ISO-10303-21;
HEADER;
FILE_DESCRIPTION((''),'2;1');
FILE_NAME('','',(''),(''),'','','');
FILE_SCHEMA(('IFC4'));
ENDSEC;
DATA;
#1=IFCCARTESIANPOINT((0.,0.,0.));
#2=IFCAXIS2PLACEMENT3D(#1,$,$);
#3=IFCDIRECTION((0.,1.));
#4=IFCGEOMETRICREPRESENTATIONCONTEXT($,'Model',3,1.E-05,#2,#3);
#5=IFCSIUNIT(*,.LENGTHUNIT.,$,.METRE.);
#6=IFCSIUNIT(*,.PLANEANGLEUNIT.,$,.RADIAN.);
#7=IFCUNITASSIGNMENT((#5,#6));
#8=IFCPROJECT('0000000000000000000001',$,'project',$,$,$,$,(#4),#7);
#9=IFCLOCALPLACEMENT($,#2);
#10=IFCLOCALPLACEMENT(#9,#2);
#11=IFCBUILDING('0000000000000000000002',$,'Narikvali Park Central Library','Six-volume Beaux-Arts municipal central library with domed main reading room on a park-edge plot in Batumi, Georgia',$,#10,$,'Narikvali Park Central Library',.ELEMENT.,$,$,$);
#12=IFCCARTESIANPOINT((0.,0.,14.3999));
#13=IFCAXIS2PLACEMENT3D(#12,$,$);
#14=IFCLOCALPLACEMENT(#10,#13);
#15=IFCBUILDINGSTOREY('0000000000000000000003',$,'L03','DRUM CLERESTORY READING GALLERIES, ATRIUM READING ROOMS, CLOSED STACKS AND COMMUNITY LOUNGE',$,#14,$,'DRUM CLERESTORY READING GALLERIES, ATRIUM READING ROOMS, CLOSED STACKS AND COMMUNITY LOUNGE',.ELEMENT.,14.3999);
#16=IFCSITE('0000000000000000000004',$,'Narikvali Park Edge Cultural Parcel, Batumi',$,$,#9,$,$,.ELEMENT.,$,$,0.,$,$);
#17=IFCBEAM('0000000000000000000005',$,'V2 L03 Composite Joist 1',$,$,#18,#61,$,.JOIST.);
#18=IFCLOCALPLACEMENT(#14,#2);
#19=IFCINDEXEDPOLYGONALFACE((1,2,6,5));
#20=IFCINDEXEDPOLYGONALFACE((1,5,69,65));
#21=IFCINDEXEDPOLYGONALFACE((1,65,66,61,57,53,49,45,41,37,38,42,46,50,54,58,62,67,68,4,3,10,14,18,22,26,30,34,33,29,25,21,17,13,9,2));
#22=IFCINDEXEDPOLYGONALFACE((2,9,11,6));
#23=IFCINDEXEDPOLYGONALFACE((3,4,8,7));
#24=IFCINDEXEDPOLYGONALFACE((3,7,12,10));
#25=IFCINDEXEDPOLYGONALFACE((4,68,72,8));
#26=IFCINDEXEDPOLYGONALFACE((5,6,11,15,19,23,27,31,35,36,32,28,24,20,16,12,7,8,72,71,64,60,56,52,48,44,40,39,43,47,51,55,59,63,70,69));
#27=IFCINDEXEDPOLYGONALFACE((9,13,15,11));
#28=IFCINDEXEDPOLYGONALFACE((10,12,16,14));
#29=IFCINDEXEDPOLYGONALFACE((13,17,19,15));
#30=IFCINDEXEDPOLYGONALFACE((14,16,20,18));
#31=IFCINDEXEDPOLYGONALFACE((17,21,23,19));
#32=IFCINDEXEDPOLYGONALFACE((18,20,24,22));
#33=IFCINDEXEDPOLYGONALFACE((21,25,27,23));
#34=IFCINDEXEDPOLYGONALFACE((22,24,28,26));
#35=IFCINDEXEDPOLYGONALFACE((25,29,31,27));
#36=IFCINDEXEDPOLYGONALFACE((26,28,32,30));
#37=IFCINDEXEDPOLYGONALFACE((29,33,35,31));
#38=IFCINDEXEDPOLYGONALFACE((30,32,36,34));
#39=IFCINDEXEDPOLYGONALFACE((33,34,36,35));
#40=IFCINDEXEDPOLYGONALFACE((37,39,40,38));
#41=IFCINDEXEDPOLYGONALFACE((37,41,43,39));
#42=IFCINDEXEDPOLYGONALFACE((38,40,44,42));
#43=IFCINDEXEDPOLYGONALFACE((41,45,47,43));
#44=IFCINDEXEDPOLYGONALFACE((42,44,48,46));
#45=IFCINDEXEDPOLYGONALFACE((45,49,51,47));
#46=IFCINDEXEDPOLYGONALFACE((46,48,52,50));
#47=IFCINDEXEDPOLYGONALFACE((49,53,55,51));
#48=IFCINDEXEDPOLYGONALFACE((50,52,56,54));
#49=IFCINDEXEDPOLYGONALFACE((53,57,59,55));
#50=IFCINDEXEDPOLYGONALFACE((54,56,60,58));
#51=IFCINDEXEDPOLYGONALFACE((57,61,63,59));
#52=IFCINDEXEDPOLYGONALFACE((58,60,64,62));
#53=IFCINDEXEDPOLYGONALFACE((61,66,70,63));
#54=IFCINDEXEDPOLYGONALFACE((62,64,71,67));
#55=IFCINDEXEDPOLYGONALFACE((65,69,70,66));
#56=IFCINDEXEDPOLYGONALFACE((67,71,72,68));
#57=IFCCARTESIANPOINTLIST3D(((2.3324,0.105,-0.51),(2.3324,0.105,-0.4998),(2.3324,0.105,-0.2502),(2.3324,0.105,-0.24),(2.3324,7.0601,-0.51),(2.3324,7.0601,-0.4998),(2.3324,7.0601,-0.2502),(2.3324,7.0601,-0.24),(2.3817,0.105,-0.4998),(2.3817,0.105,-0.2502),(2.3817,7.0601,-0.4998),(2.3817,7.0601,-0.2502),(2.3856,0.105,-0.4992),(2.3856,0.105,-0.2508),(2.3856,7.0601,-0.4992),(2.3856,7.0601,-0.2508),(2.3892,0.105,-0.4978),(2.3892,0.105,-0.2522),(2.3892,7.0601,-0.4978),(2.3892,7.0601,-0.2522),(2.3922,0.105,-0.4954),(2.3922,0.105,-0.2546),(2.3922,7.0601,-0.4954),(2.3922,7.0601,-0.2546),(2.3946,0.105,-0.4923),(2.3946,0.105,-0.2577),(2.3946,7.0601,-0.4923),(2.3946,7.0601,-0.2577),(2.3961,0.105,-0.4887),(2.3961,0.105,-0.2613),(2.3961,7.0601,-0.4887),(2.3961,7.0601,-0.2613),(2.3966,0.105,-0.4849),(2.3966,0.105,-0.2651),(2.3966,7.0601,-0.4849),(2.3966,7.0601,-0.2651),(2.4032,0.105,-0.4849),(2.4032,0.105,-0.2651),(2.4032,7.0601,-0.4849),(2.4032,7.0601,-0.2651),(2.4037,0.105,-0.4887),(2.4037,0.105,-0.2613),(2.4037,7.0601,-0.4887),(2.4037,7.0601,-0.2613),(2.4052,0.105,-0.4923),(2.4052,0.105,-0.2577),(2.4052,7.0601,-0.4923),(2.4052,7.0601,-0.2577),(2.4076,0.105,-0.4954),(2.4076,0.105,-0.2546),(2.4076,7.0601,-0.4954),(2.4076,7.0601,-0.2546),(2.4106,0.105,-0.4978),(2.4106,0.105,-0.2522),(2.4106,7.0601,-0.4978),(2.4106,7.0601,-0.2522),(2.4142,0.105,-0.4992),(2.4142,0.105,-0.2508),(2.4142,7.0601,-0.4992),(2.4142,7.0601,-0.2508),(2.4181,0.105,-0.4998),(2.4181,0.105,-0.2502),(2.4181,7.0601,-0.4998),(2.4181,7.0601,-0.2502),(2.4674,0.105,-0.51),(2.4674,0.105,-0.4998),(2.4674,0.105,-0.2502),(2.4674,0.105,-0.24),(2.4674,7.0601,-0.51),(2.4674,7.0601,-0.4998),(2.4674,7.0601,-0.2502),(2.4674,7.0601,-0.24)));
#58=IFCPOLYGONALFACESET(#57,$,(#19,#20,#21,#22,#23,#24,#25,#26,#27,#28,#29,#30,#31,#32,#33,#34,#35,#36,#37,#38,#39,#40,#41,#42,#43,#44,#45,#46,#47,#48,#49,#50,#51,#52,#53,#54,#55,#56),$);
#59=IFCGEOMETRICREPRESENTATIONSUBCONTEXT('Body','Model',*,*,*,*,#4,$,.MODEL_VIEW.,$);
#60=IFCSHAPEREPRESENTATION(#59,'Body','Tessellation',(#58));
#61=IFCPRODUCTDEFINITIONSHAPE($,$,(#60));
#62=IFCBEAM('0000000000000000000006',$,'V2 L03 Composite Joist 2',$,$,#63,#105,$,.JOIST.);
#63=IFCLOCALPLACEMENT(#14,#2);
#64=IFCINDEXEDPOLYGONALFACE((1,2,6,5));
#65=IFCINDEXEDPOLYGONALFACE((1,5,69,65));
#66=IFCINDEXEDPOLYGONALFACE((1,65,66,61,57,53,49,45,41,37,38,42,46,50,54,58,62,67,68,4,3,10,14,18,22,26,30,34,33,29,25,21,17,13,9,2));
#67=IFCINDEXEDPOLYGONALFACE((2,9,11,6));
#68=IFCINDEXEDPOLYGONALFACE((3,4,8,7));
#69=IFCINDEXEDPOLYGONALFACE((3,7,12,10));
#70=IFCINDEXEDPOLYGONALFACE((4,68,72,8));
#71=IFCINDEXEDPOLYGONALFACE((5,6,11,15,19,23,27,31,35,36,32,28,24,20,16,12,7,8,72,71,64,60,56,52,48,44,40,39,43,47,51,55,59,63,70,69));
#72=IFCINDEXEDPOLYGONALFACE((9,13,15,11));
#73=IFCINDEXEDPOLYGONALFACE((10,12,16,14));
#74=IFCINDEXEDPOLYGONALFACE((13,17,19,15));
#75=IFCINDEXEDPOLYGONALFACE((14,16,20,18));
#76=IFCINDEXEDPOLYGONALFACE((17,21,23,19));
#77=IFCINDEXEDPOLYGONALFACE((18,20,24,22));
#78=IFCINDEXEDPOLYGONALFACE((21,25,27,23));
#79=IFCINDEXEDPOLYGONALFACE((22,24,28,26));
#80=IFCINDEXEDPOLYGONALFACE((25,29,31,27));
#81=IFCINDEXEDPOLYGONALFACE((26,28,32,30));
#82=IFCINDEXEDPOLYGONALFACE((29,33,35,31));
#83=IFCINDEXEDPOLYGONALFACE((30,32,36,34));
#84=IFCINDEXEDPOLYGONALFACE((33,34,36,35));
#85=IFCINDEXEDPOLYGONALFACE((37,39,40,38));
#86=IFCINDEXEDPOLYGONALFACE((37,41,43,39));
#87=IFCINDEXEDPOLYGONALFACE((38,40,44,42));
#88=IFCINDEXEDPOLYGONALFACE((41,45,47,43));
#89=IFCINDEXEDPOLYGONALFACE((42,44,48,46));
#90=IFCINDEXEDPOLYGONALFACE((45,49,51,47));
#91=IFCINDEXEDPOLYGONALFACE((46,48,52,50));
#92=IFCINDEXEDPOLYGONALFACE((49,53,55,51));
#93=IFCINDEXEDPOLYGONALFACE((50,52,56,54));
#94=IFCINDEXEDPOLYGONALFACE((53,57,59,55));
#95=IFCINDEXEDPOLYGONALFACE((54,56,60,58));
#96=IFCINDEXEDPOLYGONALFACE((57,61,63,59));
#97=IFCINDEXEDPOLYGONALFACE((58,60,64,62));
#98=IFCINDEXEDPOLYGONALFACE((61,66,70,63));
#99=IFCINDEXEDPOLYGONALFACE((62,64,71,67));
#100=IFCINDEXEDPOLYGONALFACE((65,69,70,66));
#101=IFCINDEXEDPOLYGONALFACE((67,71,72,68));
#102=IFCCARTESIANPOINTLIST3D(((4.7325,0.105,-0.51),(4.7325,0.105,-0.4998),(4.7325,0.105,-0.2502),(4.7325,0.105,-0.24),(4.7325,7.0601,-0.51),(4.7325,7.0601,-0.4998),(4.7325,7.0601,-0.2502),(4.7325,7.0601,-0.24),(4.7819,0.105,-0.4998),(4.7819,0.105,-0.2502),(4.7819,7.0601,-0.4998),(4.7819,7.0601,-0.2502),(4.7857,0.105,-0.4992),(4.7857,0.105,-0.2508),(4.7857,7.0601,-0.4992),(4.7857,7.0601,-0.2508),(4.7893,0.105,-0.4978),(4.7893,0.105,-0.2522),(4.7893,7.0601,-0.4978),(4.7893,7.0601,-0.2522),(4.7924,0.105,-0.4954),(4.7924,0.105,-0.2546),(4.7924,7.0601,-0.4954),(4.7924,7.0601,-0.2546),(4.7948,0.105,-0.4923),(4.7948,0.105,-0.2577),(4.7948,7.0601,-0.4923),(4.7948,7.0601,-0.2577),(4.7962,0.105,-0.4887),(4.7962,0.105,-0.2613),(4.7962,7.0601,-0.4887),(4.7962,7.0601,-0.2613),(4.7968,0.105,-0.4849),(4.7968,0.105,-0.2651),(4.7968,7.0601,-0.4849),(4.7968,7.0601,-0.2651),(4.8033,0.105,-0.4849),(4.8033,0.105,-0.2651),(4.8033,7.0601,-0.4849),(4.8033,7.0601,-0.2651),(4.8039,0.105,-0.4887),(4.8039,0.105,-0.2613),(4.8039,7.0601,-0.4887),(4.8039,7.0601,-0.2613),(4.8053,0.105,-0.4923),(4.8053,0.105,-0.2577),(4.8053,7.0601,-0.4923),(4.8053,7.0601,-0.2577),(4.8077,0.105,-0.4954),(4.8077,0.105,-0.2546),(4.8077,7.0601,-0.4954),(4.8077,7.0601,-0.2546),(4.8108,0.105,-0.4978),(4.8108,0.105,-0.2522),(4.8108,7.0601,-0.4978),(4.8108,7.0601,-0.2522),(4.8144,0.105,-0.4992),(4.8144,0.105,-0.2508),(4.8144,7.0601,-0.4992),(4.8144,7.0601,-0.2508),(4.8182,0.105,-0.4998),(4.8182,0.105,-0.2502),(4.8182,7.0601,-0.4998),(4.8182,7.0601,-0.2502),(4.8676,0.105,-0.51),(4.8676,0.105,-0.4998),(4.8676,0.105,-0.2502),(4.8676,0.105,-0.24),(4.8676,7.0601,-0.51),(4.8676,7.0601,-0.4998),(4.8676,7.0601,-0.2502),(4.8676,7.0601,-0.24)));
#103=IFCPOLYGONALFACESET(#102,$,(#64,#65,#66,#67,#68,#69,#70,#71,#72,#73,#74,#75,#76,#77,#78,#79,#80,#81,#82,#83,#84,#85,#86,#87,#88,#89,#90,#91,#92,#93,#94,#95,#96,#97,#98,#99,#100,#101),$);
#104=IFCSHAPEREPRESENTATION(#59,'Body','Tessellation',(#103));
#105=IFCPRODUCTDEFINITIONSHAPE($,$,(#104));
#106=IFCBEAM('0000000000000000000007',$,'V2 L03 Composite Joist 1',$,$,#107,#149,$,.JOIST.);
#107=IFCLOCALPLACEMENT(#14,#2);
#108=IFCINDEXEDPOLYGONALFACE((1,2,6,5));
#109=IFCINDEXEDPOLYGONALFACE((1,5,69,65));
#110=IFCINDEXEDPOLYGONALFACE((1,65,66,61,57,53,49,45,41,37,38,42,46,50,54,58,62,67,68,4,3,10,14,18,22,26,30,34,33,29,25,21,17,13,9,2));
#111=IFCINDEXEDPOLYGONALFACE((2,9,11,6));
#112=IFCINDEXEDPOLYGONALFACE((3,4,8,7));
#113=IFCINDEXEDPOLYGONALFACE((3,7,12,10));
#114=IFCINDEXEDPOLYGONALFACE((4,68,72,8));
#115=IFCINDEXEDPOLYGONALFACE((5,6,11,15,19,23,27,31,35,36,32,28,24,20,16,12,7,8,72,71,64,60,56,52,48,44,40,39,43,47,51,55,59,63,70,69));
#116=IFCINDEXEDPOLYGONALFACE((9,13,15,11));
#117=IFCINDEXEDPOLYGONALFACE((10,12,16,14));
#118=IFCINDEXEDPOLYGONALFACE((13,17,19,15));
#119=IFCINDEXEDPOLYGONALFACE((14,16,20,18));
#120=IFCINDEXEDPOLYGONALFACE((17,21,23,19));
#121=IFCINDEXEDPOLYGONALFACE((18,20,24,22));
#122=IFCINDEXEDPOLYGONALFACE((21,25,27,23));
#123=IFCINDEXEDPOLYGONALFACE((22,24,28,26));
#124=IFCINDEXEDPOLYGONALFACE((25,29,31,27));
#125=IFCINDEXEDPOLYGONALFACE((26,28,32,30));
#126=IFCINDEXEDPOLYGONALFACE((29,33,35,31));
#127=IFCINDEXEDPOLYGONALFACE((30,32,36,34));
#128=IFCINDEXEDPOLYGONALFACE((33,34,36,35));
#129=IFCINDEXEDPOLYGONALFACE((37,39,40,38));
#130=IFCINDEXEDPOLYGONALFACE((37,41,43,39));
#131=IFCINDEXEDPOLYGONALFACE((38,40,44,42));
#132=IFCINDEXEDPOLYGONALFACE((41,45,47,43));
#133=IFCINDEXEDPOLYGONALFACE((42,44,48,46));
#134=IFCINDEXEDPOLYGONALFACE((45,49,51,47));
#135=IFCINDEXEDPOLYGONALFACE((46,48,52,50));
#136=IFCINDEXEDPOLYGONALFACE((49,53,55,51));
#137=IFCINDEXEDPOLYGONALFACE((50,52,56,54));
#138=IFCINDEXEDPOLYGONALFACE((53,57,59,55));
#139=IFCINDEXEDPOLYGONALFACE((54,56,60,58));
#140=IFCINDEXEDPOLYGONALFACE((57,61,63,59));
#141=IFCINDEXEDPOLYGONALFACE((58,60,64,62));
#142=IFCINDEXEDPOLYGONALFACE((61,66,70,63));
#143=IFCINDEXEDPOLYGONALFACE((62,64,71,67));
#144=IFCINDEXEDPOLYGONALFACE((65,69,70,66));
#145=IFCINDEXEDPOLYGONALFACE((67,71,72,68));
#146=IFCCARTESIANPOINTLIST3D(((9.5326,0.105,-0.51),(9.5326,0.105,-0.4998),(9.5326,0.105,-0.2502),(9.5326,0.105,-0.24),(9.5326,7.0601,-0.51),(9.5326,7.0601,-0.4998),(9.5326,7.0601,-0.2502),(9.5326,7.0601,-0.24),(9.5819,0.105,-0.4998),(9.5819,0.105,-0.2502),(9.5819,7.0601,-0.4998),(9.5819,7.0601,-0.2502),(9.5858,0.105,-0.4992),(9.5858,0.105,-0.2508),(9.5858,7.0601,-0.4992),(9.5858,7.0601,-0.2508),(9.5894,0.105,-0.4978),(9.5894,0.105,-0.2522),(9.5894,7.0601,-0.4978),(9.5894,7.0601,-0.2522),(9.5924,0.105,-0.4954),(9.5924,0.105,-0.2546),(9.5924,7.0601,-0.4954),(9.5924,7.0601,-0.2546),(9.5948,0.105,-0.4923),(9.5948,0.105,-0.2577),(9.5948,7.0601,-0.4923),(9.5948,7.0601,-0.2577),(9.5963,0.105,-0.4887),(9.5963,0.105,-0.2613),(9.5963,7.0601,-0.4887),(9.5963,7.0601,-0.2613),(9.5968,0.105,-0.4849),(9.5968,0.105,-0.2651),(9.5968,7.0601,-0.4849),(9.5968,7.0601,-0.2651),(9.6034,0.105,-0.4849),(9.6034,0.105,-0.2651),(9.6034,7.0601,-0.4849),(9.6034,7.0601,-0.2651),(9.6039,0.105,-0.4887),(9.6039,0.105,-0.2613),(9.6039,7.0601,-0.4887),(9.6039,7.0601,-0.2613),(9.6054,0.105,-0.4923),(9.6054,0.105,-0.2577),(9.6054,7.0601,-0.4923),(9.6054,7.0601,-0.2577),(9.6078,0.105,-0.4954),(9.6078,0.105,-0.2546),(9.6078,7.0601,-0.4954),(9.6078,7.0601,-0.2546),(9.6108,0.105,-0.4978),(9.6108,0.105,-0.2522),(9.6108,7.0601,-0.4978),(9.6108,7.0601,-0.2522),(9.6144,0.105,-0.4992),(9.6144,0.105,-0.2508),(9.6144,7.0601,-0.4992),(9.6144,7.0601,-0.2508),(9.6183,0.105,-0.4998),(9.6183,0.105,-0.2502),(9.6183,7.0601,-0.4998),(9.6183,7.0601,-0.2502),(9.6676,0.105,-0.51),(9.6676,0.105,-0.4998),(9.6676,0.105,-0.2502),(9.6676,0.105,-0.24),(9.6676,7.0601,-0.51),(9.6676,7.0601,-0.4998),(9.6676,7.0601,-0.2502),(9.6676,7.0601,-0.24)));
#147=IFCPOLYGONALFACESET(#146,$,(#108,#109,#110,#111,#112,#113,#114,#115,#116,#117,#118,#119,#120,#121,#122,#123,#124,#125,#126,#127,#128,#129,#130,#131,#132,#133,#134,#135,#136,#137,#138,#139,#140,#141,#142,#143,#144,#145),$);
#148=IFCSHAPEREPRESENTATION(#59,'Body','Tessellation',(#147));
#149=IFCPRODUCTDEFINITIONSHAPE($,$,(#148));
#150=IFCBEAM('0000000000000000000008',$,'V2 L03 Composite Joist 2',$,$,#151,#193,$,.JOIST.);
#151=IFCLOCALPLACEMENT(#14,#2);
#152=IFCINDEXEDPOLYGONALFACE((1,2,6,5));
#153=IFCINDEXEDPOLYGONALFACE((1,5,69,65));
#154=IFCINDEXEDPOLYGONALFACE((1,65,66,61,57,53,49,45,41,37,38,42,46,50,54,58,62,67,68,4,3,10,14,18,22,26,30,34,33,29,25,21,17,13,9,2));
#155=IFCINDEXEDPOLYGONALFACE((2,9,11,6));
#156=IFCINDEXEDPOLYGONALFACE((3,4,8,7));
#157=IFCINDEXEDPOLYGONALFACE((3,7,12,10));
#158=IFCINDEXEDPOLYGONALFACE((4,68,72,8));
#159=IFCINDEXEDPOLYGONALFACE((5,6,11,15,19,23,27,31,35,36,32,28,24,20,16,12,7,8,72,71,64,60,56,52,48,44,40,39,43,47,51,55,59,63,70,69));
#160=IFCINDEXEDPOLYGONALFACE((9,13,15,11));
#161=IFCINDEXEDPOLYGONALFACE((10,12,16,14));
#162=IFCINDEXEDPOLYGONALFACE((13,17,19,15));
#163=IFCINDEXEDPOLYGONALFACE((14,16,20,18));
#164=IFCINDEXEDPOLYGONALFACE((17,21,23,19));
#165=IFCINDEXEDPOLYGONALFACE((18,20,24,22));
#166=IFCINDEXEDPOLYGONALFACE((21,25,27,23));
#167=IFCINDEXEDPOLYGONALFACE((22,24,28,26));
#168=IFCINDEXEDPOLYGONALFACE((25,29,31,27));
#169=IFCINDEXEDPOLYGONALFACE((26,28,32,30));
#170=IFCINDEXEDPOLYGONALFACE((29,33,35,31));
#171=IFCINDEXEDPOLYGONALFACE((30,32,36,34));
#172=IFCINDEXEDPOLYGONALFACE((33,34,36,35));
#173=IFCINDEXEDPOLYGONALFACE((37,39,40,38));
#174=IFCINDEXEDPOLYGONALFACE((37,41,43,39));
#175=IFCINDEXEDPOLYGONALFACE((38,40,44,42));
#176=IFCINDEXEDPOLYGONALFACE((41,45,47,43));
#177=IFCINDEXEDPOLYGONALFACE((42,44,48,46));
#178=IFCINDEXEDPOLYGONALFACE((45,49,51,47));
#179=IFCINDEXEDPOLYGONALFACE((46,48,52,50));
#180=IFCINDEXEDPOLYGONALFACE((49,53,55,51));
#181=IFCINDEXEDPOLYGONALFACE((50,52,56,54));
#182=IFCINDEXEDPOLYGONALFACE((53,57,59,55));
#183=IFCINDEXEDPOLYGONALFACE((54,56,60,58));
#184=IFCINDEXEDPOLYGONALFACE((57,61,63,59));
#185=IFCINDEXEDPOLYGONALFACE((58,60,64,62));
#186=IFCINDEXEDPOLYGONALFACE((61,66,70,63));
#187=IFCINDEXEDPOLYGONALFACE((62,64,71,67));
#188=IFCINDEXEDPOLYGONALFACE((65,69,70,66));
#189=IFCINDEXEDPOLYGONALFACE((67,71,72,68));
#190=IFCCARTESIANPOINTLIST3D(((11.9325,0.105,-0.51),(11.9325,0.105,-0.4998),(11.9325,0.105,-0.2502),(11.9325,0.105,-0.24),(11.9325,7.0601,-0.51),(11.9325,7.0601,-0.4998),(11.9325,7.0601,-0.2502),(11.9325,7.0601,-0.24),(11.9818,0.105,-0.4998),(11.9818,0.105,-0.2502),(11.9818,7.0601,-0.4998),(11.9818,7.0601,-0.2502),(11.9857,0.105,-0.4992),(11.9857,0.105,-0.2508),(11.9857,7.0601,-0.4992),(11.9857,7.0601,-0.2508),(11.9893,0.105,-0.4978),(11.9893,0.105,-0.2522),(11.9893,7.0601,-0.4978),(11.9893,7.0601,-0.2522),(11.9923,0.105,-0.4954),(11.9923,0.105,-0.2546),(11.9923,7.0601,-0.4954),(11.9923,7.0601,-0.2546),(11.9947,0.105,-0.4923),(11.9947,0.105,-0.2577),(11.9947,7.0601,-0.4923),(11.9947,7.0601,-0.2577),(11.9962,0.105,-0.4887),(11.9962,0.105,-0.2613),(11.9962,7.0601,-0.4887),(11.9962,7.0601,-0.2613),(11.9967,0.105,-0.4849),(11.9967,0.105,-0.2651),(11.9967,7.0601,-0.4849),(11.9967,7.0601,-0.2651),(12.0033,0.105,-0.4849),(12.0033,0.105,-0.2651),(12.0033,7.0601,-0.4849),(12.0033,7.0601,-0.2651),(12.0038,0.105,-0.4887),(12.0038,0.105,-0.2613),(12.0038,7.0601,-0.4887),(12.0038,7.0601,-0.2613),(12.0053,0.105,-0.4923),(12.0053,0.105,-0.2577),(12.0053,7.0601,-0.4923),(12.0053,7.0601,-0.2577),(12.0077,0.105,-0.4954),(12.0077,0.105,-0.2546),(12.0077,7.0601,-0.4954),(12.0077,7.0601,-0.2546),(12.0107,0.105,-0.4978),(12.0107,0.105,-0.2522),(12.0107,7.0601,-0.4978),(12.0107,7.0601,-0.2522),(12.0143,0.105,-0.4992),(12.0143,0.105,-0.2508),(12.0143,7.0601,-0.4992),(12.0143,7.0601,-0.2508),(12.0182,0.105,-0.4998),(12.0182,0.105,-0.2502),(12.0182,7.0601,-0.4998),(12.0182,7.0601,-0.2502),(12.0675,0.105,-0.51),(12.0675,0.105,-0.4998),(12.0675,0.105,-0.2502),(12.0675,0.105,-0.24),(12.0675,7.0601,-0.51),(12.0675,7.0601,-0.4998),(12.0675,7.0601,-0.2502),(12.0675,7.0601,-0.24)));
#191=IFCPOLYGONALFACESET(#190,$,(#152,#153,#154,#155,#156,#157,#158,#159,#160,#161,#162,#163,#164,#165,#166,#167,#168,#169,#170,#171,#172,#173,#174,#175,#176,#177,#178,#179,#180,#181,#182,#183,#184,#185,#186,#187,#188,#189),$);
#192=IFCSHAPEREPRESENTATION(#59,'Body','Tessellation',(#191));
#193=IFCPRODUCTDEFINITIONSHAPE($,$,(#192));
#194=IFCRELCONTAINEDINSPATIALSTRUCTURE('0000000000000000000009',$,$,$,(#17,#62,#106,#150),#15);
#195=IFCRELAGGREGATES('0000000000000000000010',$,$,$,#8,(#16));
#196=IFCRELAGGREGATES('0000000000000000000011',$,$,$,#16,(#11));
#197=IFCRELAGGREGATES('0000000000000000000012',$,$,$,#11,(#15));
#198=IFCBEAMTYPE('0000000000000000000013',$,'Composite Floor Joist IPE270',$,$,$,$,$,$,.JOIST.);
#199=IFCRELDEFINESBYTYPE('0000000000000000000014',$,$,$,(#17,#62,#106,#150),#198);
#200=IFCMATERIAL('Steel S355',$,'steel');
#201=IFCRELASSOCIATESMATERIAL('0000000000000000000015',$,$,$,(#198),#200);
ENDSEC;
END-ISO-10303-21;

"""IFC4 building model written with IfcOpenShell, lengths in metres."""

from ifc_helpers import new_model, si_unit, direction, frame, origin, origin_2d, place, context, subcontext, project, spatial, i_section, extrude, material, material_profile, profile_set, type_object, element, save


model = new_model("IFC4")

# Units and contexts
model_context = context("Model", 3, precision=1e-05, world=origin(), true_north=direction((0.0, 1.0)))
body_context = subcontext(model_context, "Body", "Model", "MODEL_VIEW")
ifc_project = project(units=[si_unit("LENGTHUNIT", "METRE"), si_unit("PLANEANGLEUNIT", "RADIAN")], contexts=[model_context])

# Site, building, storey
site_placement = place(None, origin())
site = spatial("IfcSite", under=ifc_project, at=site_placement, Name="Narikvali Park Edge Cultural Parcel, Batumi", CompositionType="ELEMENT", RefElevation=0.0)
building_placement = place(site_placement, origin())
building = spatial("IfcBuilding", under=site, at=building_placement, Name="Narikvali Park Central Library", Description="Six-volume Beaux-Arts municipal central library with domed main reading room on a park-edge plot in Batumi, Georgia", LongName="Narikvali Park Central Library", CompositionType="ELEMENT")
storey_placement = place(building_placement, frame((0.0, 0.0, 14.3999)))
storey = spatial("IfcBuildingStorey", under=building, at=storey_placement, Name="L03", Description="DRUM CLERESTORY READING GALLERIES, ATRIUM READING ROOMS, CLOSED STACKS AND COMMUNITY LOUNGE", LongName="DRUM CLERESTORY READING GALLERIES, ATRIUM READING ROOMS, CLOSED STACKS AND COMMUNITY LOUNGE", CompositionType="ELEMENT", Elevation=14.3999)

# Beams
ifc_material_1 = material(Name="Steel S355", Category="steel")
ifc_material_profile_1 = material_profile(ifc_material_1, i_section(OverallWidth=0.135, OverallDepth=0.27, WebThickness=0.0066, FlangeThickness=0.0103, FilletRadius=0.0149, at=origin_2d()), Name="IPE 270")
ifc_profile_set_1 = profile_set([ifc_material_profile_1], Name="Steel S355")
beam_type_1 = type_object("IfcBeamType", Name="Composite Floor Joist IPE270", PredefinedType="JOIST", material=ifc_profile_set_1)
for number, where, z_axis, x_axis, name in (
    (1, (2.3999, 0.105, -0.375), (0.0, 1.0, 0.0), (-1.0, 0.0, 0.0), "V2 L03 Composite Joist 1"),
    (2, (4.8, 0.105, -0.375), (0.0, 1.0, 0.0), (-1.0, 0.0, 0.0), "V2 L03 Composite Joist 2"),
    (3, (9.6001, 0.105, -0.375), (0.0, 1.0, 0.0), (-1.0, 0.0, 0.0), "V2 L03 Composite Joist 1"),
    (4, (12.0, 0.105, -0.375), (0.0, 1.0, 0.0), (-1.0, 0.0, 0.0), "V2 L03 Composite Joist 2"),
):
    element("IfcBeam", number, at=place(storey_placement, frame(where, z_axis=z_axis, x_axis=x_axis)), inside=storey, type_object=beam_type_1, Name=name, PredefinedType="JOIST", context=body_context, shape_type="SweptSolid", body=[
        extrude(i_section(OverallWidth=0.135, OverallDepth=0.27, WebThickness=0.0066, FlangeThickness=0.0103, FilletRadius=0.0149, at=origin_2d()), origin(), (0.0, 0.0, 1.0), 6.9551),
    ])

save(model, "model.ifc")
